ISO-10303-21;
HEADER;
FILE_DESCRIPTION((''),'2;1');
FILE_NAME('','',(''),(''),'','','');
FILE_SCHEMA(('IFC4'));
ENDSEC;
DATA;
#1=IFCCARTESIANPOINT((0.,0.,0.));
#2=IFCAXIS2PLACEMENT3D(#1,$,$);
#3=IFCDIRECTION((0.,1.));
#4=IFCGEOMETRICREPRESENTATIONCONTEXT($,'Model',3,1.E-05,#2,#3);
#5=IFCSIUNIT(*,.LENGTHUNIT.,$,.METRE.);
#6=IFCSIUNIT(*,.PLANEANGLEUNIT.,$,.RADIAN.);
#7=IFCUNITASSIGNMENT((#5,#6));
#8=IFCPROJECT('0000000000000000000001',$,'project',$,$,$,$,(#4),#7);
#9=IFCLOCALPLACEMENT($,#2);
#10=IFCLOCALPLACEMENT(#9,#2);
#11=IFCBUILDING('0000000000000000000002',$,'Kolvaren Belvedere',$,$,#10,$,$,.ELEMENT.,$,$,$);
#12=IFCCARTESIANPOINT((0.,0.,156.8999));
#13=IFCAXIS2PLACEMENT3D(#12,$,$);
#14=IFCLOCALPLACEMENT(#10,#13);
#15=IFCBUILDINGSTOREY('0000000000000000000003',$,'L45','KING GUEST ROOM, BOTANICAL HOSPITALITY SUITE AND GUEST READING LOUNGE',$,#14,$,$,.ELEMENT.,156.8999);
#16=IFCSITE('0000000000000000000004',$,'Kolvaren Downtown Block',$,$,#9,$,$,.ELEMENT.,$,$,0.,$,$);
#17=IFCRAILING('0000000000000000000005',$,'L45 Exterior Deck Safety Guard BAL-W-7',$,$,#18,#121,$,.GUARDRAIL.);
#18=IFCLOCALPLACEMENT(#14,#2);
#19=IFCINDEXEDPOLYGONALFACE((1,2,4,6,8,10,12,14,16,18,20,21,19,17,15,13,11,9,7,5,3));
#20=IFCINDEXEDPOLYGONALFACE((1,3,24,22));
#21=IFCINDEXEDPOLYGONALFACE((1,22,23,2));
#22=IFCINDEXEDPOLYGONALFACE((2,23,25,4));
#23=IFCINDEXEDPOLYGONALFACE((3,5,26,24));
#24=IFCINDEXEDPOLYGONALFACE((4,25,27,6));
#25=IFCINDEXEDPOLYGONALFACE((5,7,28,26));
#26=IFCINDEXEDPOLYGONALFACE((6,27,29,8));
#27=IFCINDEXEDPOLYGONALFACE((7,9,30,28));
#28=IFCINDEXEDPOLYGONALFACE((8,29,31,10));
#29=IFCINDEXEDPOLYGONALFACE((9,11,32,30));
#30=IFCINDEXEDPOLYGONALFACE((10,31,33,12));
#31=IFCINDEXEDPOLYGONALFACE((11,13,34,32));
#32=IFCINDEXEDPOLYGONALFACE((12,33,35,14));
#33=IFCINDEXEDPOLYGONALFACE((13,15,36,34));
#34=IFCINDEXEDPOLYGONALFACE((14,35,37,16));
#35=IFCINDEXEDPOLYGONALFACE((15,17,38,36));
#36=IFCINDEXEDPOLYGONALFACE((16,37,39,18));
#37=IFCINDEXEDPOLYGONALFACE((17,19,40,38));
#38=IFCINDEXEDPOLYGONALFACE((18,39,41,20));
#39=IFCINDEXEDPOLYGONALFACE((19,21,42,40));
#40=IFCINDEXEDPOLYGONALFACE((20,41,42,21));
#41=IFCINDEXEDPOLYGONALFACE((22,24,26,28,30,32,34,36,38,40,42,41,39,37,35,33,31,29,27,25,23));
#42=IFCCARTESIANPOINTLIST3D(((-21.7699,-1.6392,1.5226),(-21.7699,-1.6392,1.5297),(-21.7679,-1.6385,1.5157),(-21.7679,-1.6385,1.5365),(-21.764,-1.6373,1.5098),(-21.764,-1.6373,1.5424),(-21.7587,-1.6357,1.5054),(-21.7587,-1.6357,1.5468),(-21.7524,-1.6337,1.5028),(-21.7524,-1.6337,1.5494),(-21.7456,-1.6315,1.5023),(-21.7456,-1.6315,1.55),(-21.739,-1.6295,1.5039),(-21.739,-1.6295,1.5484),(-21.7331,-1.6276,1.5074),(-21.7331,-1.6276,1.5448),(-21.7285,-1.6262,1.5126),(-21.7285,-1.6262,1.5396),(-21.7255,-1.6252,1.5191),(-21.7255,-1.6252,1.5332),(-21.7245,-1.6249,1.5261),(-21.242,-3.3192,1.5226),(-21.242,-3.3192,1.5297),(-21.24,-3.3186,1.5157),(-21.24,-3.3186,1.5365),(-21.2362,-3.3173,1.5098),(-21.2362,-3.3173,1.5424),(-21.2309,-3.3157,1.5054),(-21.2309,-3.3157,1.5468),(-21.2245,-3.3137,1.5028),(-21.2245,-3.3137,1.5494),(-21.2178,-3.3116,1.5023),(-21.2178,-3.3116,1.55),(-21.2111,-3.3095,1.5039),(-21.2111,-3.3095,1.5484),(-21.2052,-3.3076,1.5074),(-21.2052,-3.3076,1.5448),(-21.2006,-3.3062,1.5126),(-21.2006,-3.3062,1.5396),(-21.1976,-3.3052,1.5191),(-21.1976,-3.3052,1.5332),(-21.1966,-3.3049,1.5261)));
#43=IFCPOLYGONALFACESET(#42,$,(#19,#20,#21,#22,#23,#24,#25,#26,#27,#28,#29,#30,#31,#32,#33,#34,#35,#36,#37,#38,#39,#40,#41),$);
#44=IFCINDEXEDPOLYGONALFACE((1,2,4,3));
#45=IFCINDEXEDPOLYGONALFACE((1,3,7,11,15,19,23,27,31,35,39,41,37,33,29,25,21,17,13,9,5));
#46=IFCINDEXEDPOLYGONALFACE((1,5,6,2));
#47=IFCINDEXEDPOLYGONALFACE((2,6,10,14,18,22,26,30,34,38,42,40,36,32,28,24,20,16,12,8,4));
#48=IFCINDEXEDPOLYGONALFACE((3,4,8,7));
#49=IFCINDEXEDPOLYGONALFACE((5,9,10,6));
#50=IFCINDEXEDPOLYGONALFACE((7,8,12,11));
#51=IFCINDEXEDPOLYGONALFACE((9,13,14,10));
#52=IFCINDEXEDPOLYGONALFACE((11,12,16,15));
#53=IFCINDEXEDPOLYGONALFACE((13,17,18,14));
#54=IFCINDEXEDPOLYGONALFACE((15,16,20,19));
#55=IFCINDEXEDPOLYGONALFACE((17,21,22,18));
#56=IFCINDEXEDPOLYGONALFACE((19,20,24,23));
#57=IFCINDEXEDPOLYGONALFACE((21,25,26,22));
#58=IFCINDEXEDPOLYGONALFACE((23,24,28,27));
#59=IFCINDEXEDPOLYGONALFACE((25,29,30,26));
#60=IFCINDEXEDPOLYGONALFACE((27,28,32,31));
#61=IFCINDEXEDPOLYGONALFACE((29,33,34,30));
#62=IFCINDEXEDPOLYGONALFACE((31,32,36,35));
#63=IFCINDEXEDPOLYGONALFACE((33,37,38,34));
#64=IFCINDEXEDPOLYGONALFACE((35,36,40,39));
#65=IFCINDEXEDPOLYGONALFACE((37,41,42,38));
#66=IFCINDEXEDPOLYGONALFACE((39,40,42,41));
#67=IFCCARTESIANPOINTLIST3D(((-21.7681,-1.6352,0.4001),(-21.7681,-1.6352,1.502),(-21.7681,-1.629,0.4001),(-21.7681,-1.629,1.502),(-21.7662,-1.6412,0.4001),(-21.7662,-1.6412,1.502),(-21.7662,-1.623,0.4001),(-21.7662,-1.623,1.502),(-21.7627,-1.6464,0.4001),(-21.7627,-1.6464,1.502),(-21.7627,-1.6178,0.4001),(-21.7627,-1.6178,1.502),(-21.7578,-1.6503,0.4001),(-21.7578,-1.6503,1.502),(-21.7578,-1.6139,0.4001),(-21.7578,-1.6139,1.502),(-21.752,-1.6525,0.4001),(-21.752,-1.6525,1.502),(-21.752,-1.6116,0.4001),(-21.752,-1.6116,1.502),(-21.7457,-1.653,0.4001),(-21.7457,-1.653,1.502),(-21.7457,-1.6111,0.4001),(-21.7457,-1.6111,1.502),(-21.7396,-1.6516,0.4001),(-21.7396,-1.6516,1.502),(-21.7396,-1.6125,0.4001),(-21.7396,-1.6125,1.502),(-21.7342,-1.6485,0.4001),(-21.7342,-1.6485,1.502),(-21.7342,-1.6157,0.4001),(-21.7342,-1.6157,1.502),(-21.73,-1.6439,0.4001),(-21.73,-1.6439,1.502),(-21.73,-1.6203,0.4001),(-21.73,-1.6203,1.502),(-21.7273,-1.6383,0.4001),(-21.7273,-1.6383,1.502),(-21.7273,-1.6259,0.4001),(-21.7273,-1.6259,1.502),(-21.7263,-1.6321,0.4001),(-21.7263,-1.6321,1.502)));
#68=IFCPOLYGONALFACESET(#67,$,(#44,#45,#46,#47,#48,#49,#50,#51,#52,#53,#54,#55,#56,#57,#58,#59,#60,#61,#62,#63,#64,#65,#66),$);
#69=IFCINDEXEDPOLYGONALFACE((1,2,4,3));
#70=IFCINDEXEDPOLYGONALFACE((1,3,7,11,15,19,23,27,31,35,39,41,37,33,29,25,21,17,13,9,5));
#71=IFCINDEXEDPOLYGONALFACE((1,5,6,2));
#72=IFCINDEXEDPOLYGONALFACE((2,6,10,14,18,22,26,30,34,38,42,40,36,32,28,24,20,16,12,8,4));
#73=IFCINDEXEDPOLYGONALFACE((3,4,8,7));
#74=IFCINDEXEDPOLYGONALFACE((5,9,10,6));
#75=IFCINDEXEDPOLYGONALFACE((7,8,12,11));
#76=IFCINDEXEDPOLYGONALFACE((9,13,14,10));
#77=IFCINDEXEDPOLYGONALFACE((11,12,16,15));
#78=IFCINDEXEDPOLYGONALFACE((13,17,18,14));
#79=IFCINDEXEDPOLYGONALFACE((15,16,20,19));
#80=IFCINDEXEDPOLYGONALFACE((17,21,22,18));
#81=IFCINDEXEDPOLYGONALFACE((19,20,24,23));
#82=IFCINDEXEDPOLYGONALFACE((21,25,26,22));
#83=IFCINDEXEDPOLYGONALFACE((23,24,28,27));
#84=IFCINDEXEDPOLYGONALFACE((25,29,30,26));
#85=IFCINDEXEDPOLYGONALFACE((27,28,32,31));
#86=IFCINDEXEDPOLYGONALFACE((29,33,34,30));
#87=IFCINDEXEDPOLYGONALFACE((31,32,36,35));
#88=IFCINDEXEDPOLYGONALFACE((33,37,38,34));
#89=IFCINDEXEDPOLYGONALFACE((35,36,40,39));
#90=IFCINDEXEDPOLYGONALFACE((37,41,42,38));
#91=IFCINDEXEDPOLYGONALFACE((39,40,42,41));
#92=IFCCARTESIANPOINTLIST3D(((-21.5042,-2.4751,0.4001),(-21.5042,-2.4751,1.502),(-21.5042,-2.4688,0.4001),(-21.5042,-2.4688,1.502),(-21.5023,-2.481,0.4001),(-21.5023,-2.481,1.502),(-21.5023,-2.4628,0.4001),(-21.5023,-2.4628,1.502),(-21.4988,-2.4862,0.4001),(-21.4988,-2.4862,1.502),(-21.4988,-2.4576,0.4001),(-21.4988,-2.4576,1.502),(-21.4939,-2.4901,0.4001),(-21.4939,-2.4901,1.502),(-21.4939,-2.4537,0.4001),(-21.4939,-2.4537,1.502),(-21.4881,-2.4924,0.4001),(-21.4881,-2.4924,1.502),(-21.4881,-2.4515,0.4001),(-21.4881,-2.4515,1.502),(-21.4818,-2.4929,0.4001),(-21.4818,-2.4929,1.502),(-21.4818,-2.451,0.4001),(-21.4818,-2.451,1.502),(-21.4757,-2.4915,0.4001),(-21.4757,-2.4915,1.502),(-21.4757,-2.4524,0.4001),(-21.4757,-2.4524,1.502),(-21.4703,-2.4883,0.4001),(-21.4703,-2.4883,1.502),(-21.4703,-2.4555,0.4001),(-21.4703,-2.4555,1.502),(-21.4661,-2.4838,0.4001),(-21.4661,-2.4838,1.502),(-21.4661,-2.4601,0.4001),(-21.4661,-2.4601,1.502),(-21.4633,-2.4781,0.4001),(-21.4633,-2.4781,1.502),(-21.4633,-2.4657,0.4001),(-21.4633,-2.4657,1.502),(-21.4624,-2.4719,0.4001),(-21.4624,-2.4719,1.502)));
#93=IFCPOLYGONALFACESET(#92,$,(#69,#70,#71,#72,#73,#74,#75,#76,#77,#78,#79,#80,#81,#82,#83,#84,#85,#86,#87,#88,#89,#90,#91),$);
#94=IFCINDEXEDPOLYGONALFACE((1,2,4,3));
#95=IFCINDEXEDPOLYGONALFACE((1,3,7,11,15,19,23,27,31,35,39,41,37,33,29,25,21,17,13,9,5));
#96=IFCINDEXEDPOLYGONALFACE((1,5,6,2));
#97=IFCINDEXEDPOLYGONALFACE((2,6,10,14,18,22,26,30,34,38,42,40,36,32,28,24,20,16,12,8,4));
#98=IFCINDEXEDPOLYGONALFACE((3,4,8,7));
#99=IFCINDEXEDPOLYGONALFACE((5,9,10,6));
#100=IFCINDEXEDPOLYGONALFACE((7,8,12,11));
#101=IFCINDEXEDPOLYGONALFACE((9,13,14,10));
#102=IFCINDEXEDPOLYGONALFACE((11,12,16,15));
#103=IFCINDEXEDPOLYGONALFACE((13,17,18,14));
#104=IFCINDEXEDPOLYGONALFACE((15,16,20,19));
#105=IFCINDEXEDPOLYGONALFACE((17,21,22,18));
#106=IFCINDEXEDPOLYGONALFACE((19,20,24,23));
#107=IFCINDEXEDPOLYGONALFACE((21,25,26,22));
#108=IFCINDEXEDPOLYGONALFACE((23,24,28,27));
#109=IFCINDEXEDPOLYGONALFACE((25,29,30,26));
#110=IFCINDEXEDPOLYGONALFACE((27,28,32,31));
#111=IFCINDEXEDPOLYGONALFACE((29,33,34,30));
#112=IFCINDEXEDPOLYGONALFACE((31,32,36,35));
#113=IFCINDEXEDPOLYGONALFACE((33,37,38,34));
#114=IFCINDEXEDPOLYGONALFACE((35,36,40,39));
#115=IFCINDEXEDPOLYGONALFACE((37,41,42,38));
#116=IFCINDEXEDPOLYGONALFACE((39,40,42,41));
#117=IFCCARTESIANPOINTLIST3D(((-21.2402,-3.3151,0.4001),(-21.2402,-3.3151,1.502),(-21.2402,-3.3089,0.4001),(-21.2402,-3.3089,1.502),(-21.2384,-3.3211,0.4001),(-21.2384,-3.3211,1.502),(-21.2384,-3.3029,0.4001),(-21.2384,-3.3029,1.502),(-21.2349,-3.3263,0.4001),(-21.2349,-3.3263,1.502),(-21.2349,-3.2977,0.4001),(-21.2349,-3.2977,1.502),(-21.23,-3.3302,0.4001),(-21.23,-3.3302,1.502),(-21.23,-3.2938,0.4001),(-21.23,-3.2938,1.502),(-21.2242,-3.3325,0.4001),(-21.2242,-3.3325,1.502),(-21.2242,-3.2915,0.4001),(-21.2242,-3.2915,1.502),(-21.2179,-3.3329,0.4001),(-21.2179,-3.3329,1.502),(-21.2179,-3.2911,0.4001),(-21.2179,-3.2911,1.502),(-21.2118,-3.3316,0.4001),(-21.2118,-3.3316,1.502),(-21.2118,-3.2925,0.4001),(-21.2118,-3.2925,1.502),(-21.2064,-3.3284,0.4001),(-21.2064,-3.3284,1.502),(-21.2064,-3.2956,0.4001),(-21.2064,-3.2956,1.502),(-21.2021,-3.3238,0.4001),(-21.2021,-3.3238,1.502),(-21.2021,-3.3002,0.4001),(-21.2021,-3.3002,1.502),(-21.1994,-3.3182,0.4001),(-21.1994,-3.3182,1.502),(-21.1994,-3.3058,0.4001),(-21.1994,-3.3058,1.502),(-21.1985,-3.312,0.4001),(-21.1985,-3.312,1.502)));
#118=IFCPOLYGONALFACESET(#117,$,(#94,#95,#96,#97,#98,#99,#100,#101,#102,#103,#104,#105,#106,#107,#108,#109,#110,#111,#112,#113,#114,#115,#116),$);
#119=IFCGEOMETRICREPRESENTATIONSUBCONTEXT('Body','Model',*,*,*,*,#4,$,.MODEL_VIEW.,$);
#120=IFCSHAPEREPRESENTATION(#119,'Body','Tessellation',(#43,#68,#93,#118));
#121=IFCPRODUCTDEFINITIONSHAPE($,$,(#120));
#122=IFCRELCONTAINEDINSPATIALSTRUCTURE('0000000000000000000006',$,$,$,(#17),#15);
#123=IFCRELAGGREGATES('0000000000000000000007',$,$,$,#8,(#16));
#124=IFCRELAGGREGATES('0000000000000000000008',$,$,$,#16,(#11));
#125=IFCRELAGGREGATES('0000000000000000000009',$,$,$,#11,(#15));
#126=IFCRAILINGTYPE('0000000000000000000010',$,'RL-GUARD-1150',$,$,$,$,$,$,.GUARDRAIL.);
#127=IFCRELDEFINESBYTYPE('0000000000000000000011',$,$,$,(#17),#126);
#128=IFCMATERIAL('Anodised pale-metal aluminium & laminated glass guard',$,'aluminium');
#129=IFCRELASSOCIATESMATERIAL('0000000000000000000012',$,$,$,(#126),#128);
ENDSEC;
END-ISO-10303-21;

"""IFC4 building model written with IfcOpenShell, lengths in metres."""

from ifc_helpers import new_model, si_unit, direction, frame, origin, origin_2d, place, context, subcontext, project, spatial, circle, extrude, material, type_object, element, save


model = new_model("IFC4")

# Units and contexts
model_context = context("Model", 3, precision=1e-05, world=origin(), true_north=direction((0.0, 1.0)))
body_context = subcontext(model_context, "Body", "Model", "MODEL_VIEW")
ifc_project = project(units=[si_unit("LENGTHUNIT", "METRE"), si_unit("PLANEANGLEUNIT", "RADIAN")], contexts=[model_context])

# Site, building, storey
site_placement = place(None, origin())
site = spatial("IfcSite", under=ifc_project, at=site_placement, Name="Kolvaren Downtown Block", CompositionType="ELEMENT", RefElevation=0.0)
building_placement = place(site_placement, origin())
building = spatial("IfcBuilding", under=site, at=building_placement, Name="Kolvaren Belvedere", CompositionType="ELEMENT")
storey_placement = place(building_placement, frame((0.0, 0.0, 156.8999)))
storey = spatial("IfcBuildingStorey", under=building, at=storey_placement, Name="L45", Description="KING GUEST ROOM, BOTANICAL HOSPITALITY SUITE AND GUEST READING LOUNGE", CompositionType="ELEMENT", Elevation=156.8999)

# Railing
ifc_material_1 = material(Name="Anodised pale-metal aluminium & laminated glass guard", Category="aluminium")
railing_type = type_object("IfcRailingType", Name="RL-GUARD-1150", PredefinedType="GUARDRAIL", material=ifc_material_1)
railing_1_placement = place(storey_placement, frame((-21.7473, -1.6321, 0.4001)))
element("IfcRailing", 1, at=railing_1_placement, inside=storey, type_object=railing_type, Name="L45 Exterior Deck Safety Guard BAL-W-7", PredefinedType="GUARDRAIL", context=body_context, shape_type="SweptSolid", body=[
    extrude(circle(Radius=0.0239, at=origin_2d()), frame((0.0, 0.0, 1.126), z_axis=(0.299751, -0.954018, 0.0), x_axis=(0.954018, 0.299751, 0.0)), (0.0, 0.0, 1.0), 1.761),
    extrude(circle(Radius=0.021, at=origin_2d()), origin(), (0.0, 0.0, 1.0), 1.1018),
    extrude(circle(Radius=0.021, at=origin_2d()), frame((0.2639, -0.8398, 0.0)), (0.0, 0.0, 1.0), 1.1018),
    extrude(circle(Radius=0.021, at=origin_2d()), frame((0.5278, -1.6799, 0.0)), (0.0, 0.0, 1.0), 1.1018),
])

save(model, "model.ifc")
